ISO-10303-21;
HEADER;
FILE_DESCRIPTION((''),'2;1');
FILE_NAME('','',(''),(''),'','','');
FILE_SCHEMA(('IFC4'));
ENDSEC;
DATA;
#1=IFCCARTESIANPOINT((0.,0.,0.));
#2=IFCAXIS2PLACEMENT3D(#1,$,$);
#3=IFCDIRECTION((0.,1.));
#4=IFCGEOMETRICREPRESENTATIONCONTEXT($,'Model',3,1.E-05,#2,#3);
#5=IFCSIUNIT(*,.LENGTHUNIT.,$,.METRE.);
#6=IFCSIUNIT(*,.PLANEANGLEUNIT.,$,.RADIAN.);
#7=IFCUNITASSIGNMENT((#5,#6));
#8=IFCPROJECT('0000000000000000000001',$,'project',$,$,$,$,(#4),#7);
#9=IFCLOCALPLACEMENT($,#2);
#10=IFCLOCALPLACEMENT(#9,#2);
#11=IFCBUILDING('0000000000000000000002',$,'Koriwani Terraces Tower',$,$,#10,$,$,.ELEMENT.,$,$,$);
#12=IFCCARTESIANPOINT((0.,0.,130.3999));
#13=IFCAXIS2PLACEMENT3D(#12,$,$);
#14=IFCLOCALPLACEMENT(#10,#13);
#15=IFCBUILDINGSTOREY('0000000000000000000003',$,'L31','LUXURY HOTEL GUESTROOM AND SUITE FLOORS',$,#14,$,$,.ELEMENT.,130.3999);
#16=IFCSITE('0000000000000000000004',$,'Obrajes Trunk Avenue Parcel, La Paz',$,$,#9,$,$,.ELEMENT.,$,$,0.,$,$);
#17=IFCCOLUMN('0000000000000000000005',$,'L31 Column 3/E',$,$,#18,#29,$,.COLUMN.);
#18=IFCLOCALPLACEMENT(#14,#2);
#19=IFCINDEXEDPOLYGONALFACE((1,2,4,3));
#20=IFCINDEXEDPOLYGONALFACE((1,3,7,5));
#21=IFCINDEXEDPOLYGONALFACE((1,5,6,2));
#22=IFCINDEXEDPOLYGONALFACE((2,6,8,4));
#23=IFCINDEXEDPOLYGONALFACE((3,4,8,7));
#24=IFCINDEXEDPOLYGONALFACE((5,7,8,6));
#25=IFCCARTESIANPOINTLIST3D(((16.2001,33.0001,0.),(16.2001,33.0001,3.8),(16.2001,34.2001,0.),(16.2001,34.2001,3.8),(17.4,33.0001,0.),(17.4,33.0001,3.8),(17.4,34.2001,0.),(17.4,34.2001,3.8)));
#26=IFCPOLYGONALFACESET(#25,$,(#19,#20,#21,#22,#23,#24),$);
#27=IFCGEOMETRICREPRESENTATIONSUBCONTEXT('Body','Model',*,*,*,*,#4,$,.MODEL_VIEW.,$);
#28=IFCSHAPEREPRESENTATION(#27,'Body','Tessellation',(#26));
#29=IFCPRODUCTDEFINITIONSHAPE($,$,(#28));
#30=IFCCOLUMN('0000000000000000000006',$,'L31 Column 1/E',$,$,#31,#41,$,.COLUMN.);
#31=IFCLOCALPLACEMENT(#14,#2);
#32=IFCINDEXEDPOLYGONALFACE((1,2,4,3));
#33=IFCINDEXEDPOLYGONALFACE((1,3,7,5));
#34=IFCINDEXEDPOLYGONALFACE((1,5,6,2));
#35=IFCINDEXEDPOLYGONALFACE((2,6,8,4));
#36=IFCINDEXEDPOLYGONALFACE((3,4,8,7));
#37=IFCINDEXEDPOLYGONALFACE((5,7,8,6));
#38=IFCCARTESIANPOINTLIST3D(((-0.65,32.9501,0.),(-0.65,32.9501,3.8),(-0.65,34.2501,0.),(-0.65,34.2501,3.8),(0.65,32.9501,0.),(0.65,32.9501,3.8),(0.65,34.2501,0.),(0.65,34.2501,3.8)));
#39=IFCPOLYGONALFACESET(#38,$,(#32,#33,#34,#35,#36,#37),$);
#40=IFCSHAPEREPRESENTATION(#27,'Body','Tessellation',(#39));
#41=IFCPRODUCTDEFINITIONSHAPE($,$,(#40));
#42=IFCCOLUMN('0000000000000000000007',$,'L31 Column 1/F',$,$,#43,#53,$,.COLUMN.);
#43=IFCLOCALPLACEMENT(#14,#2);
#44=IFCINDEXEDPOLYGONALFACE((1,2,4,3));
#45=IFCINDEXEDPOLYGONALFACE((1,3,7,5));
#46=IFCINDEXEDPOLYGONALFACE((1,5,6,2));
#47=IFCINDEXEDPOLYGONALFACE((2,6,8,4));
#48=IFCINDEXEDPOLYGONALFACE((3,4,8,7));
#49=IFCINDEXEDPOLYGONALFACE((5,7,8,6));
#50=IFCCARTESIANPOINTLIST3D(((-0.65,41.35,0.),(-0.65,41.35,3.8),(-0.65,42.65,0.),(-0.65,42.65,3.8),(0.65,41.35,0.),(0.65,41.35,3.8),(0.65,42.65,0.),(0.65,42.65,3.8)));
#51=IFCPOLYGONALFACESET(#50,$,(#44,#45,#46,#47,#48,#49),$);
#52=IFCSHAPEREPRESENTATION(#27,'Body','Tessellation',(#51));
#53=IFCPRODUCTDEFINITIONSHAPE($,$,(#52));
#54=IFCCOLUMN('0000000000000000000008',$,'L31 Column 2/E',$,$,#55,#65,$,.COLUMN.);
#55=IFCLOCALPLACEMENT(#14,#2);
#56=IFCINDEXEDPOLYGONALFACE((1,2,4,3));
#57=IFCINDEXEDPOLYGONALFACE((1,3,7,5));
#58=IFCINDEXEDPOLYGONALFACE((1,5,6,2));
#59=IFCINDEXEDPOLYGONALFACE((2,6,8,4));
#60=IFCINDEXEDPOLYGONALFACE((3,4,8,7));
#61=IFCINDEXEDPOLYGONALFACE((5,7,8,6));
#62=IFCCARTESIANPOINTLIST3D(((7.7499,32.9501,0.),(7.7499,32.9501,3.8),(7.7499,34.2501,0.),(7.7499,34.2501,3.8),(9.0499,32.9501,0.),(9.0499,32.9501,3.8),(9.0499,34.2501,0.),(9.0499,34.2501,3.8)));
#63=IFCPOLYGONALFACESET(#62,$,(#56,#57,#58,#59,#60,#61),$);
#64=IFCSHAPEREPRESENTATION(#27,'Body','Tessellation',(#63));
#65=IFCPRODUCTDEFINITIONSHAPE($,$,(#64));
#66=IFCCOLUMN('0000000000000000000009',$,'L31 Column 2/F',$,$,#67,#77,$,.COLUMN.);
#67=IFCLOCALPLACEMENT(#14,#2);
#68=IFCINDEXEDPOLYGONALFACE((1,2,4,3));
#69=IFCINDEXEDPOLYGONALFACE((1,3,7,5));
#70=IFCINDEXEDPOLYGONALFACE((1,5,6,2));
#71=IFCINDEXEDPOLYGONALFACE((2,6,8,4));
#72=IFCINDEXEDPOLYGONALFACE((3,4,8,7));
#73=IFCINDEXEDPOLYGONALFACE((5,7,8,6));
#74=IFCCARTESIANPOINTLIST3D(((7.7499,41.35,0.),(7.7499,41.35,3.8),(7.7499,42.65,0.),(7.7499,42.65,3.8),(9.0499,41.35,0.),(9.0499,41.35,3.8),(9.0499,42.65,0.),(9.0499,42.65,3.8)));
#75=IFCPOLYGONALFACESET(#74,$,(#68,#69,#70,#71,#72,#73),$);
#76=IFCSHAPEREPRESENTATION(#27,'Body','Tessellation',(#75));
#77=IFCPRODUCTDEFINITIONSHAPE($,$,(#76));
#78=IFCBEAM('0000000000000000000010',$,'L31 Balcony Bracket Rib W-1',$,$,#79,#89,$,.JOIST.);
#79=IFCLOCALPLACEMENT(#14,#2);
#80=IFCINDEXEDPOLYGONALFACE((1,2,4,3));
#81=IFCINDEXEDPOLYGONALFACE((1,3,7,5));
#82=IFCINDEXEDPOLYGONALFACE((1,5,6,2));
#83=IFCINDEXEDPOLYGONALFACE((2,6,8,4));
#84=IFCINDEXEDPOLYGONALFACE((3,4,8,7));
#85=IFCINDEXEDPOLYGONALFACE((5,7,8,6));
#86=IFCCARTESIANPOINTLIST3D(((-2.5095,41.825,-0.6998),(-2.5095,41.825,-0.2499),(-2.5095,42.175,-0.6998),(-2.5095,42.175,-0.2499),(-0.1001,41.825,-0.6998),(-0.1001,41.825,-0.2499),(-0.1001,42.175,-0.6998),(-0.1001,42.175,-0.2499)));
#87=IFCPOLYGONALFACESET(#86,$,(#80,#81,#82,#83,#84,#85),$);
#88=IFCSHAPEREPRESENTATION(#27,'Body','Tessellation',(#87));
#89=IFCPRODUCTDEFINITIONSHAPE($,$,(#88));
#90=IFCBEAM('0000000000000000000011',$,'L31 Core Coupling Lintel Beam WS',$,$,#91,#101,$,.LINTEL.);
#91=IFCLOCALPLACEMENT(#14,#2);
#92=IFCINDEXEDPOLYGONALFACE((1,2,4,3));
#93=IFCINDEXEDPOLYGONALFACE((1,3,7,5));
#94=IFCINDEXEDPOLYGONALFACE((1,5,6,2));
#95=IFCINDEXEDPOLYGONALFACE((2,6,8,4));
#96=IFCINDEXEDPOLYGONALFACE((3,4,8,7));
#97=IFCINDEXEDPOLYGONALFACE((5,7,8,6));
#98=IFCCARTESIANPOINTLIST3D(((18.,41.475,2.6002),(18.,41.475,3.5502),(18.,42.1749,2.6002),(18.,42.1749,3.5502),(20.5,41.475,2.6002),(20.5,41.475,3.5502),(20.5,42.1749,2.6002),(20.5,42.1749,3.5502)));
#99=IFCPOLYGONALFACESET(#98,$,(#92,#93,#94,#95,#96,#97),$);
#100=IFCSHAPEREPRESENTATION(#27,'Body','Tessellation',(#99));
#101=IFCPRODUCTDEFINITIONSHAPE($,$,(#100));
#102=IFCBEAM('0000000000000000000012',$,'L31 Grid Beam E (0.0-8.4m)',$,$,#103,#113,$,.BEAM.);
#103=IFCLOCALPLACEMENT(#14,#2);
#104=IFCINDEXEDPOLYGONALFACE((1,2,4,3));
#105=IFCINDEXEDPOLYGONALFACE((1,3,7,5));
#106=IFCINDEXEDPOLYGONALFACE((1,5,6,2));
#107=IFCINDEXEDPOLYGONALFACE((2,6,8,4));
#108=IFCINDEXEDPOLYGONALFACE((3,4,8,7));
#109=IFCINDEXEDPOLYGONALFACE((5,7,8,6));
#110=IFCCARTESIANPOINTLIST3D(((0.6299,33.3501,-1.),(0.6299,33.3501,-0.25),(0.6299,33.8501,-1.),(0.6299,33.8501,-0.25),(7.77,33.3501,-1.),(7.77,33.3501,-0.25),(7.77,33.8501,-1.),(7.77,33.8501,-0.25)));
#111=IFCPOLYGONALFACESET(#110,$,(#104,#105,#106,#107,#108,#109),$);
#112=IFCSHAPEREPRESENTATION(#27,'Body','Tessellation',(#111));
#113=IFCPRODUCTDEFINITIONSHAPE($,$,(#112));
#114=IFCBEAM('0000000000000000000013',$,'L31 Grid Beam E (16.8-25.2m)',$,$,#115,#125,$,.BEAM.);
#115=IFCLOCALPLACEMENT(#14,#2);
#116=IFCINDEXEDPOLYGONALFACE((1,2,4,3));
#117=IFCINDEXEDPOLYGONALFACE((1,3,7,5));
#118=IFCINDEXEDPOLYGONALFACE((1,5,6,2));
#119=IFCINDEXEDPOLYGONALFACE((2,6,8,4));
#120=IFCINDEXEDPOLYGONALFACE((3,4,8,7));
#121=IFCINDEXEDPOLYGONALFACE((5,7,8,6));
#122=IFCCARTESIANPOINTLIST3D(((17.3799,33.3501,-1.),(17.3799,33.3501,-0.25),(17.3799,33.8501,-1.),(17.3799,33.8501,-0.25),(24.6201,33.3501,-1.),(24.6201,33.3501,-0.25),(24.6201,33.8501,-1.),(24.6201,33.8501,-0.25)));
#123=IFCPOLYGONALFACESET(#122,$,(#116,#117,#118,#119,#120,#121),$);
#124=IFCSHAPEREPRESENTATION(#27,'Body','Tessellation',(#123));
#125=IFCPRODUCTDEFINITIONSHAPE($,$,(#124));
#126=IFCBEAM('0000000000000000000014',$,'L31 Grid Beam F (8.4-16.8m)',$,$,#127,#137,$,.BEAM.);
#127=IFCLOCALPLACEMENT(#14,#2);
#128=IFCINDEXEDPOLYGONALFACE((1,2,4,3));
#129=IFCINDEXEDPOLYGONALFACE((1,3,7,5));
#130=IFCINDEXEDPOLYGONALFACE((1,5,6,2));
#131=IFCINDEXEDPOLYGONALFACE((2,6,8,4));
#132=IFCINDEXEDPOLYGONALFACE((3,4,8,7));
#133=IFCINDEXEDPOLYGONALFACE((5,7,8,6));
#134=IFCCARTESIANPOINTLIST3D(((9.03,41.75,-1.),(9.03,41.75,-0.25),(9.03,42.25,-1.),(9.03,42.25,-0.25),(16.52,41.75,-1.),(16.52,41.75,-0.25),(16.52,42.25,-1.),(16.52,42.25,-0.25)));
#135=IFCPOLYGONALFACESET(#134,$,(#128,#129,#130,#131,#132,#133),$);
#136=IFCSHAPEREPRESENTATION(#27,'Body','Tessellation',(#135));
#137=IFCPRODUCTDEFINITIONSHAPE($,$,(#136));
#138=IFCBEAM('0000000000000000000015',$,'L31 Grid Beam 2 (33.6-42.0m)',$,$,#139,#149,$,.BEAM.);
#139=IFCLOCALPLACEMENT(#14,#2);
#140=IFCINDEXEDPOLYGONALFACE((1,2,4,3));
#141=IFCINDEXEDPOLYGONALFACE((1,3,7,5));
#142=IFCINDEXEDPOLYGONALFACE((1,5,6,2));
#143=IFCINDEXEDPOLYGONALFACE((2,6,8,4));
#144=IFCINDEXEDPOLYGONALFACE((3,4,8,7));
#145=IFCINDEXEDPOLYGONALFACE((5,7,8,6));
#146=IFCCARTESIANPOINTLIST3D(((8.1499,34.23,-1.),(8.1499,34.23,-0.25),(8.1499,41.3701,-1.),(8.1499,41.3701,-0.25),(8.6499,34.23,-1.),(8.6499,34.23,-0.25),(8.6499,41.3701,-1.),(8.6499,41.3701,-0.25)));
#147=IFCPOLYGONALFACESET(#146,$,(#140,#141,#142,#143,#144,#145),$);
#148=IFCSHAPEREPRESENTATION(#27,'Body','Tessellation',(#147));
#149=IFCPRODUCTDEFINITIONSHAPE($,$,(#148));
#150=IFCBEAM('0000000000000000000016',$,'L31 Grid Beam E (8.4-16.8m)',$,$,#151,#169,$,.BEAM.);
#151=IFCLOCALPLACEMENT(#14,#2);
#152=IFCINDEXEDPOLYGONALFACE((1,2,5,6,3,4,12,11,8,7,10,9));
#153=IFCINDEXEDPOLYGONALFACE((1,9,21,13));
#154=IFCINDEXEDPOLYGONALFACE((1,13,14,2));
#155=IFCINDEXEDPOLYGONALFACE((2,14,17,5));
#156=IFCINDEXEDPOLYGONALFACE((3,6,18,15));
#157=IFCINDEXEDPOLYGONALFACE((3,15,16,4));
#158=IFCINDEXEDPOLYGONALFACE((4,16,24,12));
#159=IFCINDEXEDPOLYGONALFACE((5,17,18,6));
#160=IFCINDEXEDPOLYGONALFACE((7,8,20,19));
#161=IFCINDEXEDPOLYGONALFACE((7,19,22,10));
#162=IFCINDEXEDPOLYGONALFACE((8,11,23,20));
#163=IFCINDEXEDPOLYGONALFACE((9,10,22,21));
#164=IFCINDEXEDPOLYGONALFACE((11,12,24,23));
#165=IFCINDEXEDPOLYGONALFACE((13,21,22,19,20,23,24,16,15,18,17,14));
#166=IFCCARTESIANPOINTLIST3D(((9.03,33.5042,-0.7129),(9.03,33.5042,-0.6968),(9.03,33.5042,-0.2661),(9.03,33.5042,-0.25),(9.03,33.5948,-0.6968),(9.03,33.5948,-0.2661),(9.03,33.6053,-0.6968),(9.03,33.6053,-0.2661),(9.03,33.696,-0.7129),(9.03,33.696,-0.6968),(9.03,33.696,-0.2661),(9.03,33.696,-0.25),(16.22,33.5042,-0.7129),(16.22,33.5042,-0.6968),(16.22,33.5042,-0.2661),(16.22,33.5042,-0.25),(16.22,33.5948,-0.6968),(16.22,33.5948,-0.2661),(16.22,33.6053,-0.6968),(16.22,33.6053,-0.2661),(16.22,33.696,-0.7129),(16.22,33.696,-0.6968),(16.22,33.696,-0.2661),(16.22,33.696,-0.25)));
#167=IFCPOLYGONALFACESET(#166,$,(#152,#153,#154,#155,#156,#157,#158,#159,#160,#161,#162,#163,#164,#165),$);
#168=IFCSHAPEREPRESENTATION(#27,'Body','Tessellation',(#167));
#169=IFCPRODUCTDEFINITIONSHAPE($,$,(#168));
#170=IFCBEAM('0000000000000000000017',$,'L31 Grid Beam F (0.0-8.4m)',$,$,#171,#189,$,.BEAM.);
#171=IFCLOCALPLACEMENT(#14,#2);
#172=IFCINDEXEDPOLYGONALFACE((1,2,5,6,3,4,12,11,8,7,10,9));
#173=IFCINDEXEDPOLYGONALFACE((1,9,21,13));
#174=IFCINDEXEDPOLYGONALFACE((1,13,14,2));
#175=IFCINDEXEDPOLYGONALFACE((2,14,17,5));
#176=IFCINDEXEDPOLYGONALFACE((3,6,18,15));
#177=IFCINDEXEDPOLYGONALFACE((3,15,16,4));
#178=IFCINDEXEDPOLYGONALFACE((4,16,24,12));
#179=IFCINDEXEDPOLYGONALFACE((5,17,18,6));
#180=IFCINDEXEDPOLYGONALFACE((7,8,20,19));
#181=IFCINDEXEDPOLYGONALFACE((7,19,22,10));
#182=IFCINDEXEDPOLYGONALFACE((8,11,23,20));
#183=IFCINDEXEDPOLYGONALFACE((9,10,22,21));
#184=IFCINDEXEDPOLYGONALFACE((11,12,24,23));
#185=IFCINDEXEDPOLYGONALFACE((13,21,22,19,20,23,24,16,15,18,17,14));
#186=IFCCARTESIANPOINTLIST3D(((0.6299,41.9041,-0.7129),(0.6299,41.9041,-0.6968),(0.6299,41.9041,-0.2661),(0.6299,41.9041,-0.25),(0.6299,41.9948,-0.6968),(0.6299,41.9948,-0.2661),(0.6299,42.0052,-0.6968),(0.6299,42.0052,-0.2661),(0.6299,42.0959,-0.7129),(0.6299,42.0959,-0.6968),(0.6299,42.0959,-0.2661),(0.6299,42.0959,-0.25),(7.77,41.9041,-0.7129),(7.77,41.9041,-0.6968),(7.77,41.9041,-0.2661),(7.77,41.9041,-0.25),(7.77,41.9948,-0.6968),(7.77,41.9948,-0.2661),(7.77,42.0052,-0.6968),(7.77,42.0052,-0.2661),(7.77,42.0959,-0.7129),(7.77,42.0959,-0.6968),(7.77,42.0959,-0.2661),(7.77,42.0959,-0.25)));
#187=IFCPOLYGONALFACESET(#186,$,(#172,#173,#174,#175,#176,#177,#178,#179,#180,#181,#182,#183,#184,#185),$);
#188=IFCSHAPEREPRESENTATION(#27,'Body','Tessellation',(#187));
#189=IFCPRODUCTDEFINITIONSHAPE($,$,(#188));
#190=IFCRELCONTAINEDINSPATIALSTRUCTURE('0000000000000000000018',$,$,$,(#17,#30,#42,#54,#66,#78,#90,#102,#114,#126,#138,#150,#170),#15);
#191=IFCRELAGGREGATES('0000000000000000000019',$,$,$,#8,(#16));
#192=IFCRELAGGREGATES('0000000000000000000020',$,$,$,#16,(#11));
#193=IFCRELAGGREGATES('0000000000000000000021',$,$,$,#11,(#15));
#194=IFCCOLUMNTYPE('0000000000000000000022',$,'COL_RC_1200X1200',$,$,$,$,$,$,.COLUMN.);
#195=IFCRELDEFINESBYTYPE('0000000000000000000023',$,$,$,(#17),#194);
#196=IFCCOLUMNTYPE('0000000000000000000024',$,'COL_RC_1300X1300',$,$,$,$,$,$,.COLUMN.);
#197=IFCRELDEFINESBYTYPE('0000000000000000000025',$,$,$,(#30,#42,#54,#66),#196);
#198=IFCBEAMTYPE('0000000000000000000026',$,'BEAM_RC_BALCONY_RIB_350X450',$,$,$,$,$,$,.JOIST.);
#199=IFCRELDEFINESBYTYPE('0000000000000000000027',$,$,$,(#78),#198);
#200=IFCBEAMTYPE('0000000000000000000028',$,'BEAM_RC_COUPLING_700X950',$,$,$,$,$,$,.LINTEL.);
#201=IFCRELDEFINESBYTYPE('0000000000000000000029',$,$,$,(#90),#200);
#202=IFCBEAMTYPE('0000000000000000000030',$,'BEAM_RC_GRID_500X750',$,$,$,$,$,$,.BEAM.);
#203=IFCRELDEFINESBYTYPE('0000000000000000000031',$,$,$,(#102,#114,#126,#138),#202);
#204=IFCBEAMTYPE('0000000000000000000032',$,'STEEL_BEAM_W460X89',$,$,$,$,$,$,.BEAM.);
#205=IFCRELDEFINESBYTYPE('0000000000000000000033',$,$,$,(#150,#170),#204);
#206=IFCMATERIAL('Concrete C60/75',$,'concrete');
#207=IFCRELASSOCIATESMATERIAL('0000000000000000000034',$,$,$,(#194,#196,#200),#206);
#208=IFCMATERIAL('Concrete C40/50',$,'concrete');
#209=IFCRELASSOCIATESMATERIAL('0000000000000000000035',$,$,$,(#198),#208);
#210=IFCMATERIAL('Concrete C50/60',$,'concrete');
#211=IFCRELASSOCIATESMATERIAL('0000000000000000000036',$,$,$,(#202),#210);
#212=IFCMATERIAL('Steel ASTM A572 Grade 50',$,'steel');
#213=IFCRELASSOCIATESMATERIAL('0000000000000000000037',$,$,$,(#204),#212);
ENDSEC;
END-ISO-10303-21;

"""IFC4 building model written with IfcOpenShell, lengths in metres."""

from ifc_helpers import new_model, si_unit, direction, frame, origin, origin_2d, place, context, subcontext, project, spatial, rectangle, i_section, extrude, material, material_profile, profile_set, type_object, element, save


model = new_model("IFC4")

# Units and contexts
model_context = context("Model", 3, precision=1e-05, world=origin(), true_north=direction((0.0, 1.0)))
body_context = subcontext(model_context, "Body", "Model", "MODEL_VIEW")
ifc_project = project(units=[si_unit("LENGTHUNIT", "METRE"), si_unit("PLANEANGLEUNIT", "RADIAN")], contexts=[model_context])

# Site, building, storey
site_placement = place(None, origin())
site = spatial("IfcSite", under=ifc_project, at=site_placement, Name="Obrajes Trunk Avenue Parcel, La Paz", CompositionType="ELEMENT", RefElevation=0.0)
building_placement = place(site_placement, origin())
building = spatial("IfcBuilding", under=site, at=building_placement, Name="Koriwani Terraces Tower", CompositionType="ELEMENT")
storey_placement = place(building_placement, frame((0.0, 0.0, 130.3999)))
storey = spatial("IfcBuildingStorey", under=building, at=storey_placement, Name="L31", Description="LUXURY HOTEL GUESTROOM AND SUITE FLOORS", CompositionType="ELEMENT", Elevation=130.3999)

# Columns
ifc_material_1 = material(Name="Concrete C60/75", Category="concrete")
ifc_material_profile_1 = material_profile(ifc_material_1, rectangle(XDim=1.2, YDim=1.2, at=origin_2d()), Name="Concrete C60/75", Category="LoadBearing")
ifc_profile_set_1 = profile_set([ifc_material_profile_1], Name="Concrete C60/75")
column_type_1 = type_object("IfcColumnType", Name="COL_RC_1200X1200", PredefinedType="COLUMN", material=ifc_profile_set_1)
column_placement = place(storey_placement, frame((16.8, 33.6001, 0.0), z_axis=(0.0, 0.0, 1.0), x_axis=(1.0, 0.0, 0.0)))
element("IfcColumn", 1, at=column_placement, inside=storey, type_object=column_type_1, Name="L31 Column 3/E", PredefinedType="COLUMN", context=body_context, shape_type="SweptSolid", body=[
    extrude(rectangle(XDim=1.2, YDim=1.2, at=origin_2d()), origin(), (0.0, 0.0, 1.0), 3.8),
])
ifc_material_profile_2 = material_profile(ifc_material_1, rectangle(XDim=1.3, YDim=1.3, at=origin_2d()), Name="Concrete C60/75", Category="LoadBearing")
ifc_profile_set_2 = profile_set([ifc_material_profile_2], Name="Concrete C60/75")
column_type_2 = type_object("IfcColumnType", Name="COL_RC_1300X1300", PredefinedType="COLUMN", material=ifc_profile_set_2)
for number, where, z_axis, x_axis, name in (
    (2, (0.0, 33.6001, 0.0), (0.0, 0.0, 1.0), (1.0, 0.0, 0.0), "L31 Column 1/E"),
    (3, (0.0, 42.0, 0.0), (0.0, 0.0, 1.0), (1.0, 0.0, 0.0), "L31 Column 1/F"),
    (4, (8.3999, 33.6001, 0.0), (0.0, 0.0, 1.0), (1.0, 0.0, 0.0), "L31 Column 2/E"),
    (5, (8.3999, 42.0, 0.0), (0.0, 0.0, 1.0), (1.0, 0.0, 0.0), "L31 Column 2/F"),
):
    element("IfcColumn", number, at=place(storey_placement, frame(where, z_axis=z_axis, x_axis=x_axis)), inside=storey, type_object=column_type_2, Name=name, PredefinedType="COLUMN", context=body_context, shape_type="SweptSolid", body=[
        extrude(rectangle(XDim=1.3, YDim=1.3, at=origin_2d()), origin(), (0.0, 0.0, 1.0), 3.8),
    ])

# Beams
ifc_material_2 = material(Name="Concrete C40/50", Category="concrete")
ifc_material_profile_3 = material_profile(ifc_material_2, rectangle(XDim=0.3501, YDim=0.45, at=origin_2d()), Name="Concrete C40/50", Category="LoadBearing")
ifc_profile_set_3 = profile_set([ifc_material_profile_3], Name="Concrete C40/50")
beam_type_1 = type_object("IfcBeamType", Name="BEAM_RC_BALCONY_RIB_350X450", PredefinedType="JOIST", material=ifc_profile_set_3)
beam_1_placement = place(storey_placement, frame((-2.5095, 42.0, -0.4749), z_axis=(1.0, 0.0, 0.0), x_axis=(0.0, 1.0, 0.0)))
element("IfcBeam", 6, at=beam_1_placement, inside=storey, type_object=beam_type_1, Name="L31 Balcony Bracket Rib W-1", PredefinedType="JOIST", context=body_context, shape_type="SweptSolid", body=[
    extrude(rectangle(XDim=0.3501, YDim=0.45, at=origin_2d()), origin(), (0.0, 0.0, 1.0), 2.4094),
])
ifc_material_profile_4 = material_profile(ifc_material_1, rectangle(XDim=0.7, YDim=0.95, at=origin_2d()), Name="Concrete C60/75", Category="LoadBearing")
ifc_profile_set_4 = profile_set([ifc_material_profile_4], Name="Concrete C60/75")
beam_type_2 = type_object("IfcBeamType", Name="BEAM_RC_COUPLING_700X950", PredefinedType="LINTEL", material=ifc_profile_set_4)
beam_2_placement = place(storey_placement, frame((18.0, 41.825, 3.0752), z_axis=(1.0, 0.0, 0.0), x_axis=(0.0, 1.0, 0.0)))
element("IfcBeam", 7, at=beam_2_placement, inside=storey, type_object=beam_type_2, Name="L31 Core Coupling Lintel Beam WS", PredefinedType="LINTEL", context=body_context, shape_type="SweptSolid", body=[
    extrude(rectangle(XDim=0.7, YDim=0.95, at=origin_2d()), origin(), (0.0, 0.0, 1.0), 2.5),
])
ifc_material_3 = material(Name="Concrete C50/60", Category="concrete")
ifc_material_profile_5 = material_profile(ifc_material_3, rectangle(XDim=0.5, YDim=0.75, at=origin_2d()), Name="Concrete C50/60", Category="LoadBearing")
ifc_profile_set_5 = profile_set([ifc_material_profile_5], Name="Concrete C50/60")
beam_type_3 = type_object("IfcBeamType", Name="BEAM_RC_GRID_500X750", PredefinedType="BEAM", material=ifc_profile_set_5)
beam_3_placement = place(storey_placement, frame((0.6299, 33.6001, -0.625), z_axis=(1.0, 0.0, 0.0), x_axis=(0.0, 1.0, 0.0)))
element("IfcBeam", 8, at=beam_3_placement, inside=storey, type_object=beam_type_3, Name="L31 Grid Beam E (0.0-8.4m)", PredefinedType="BEAM", context=body_context, shape_type="SweptSolid", body=[
    extrude(rectangle(XDim=0.5, YDim=0.75, at=origin_2d()), origin(), (0.0, 0.0, 1.0), 7.1401),
])
beam_4_placement = place(storey_placement, frame((17.3799, 33.6001, -0.625), z_axis=(1.0, 0.0, 0.0), x_axis=(0.0, 1.0, 0.0)))
element("IfcBeam", 9, at=beam_4_placement, inside=storey, type_object=beam_type_3, Name="L31 Grid Beam E (16.8-25.2m)", PredefinedType="BEAM", context=body_context, shape_type="SweptSolid", body=[
    extrude(rectangle(XDim=0.5, YDim=0.75, at=origin_2d()), origin(), (0.0, 0.0, 1.0), 7.2402),
])
beam_5_placement = place(storey_placement, frame((9.03, 42.0, -0.625), z_axis=(1.0, 0.0, 0.0), x_axis=(0.0, 1.0, 0.0)))
element("IfcBeam", 10, at=beam_5_placement, inside=storey, type_object=beam_type_3, Name="L31 Grid Beam F (8.4-16.8m)", PredefinedType="BEAM", context=body_context, shape_type="SweptSolid", body=[
    extrude(rectangle(XDim=0.5, YDim=0.75, at=origin_2d()), origin(), (0.0, 0.0, 1.0), 7.49),
])
beam_6_placement = place(storey_placement, frame((8.3999, 34.23, -0.625), z_axis=(0.0, 1.0, 0.0), x_axis=(-1.0, 0.0, 0.0)))
element("IfcBeam", 11, at=beam_6_placement, inside=storey, type_object=beam_type_3, Name="L31 Grid Beam 2 (33.6-42.0m)", PredefinedType="BEAM", context=body_context, shape_type="SweptSolid", body=[
    extrude(rectangle(XDim=0.5, YDim=0.75, at=origin_2d()), origin(), (0.0, 0.0, 1.0), 7.1401),
])
ifc_material_4 = material(Name="Steel ASTM A572 Grade 50", Category="steel")
ifc_material_profile_6 = material_profile(ifc_material_4, i_section(OverallWidth=0.1919, OverallDepth=0.4629, WebThickness=0.0105, FlangeThickness=0.0161, at=origin_2d()), Name="Steel ASTM A572 Grade 50", Category="LoadBearing")
ifc_profile_set_6 = profile_set([ifc_material_profile_6], Name="Steel ASTM A572 Grade 50")
beam_type_4 = type_object("IfcBeamType", Name="STEEL_BEAM_W460X89", PredefinedType="BEAM", material=ifc_profile_set_6)
beam_7_placement = place(storey_placement, frame((9.03, 33.6001, -0.4814), z_axis=(1.0, 0.0, 0.0), x_axis=(0.0, 1.0, 0.0)))
element("IfcBeam", 12, at=beam_7_placement, inside=storey, type_object=beam_type_4, Name="L31 Grid Beam E (8.4-16.8m)", PredefinedType="BEAM", context=body_context, shape_type="SweptSolid", body=[
    extrude(i_section(OverallWidth=0.1919, OverallDepth=0.4629, WebThickness=0.0105, FlangeThickness=0.0161, at=origin_2d()), origin(), (0.0, 0.0, 1.0), 7.1899),
])
beam_8_placement = place(storey_placement, frame((0.6299, 42.0, -0.4814), z_axis=(1.0, 0.0, 0.0), x_axis=(0.0, 1.0, 0.0)))
element("IfcBeam", 13, at=beam_8_placement, inside=storey, type_object=beam_type_4, Name="L31 Grid Beam F (0.0-8.4m)", PredefinedType="BEAM", context=body_context, shape_type="SweptSolid", body=[
    extrude(i_section(OverallWidth=0.1919, OverallDepth=0.4629, WebThickness=0.0105, FlangeThickness=0.0161, at=origin_2d()), origin(), (0.0, 0.0, 1.0), 7.1401),
])

save(model, "model.ifc")
